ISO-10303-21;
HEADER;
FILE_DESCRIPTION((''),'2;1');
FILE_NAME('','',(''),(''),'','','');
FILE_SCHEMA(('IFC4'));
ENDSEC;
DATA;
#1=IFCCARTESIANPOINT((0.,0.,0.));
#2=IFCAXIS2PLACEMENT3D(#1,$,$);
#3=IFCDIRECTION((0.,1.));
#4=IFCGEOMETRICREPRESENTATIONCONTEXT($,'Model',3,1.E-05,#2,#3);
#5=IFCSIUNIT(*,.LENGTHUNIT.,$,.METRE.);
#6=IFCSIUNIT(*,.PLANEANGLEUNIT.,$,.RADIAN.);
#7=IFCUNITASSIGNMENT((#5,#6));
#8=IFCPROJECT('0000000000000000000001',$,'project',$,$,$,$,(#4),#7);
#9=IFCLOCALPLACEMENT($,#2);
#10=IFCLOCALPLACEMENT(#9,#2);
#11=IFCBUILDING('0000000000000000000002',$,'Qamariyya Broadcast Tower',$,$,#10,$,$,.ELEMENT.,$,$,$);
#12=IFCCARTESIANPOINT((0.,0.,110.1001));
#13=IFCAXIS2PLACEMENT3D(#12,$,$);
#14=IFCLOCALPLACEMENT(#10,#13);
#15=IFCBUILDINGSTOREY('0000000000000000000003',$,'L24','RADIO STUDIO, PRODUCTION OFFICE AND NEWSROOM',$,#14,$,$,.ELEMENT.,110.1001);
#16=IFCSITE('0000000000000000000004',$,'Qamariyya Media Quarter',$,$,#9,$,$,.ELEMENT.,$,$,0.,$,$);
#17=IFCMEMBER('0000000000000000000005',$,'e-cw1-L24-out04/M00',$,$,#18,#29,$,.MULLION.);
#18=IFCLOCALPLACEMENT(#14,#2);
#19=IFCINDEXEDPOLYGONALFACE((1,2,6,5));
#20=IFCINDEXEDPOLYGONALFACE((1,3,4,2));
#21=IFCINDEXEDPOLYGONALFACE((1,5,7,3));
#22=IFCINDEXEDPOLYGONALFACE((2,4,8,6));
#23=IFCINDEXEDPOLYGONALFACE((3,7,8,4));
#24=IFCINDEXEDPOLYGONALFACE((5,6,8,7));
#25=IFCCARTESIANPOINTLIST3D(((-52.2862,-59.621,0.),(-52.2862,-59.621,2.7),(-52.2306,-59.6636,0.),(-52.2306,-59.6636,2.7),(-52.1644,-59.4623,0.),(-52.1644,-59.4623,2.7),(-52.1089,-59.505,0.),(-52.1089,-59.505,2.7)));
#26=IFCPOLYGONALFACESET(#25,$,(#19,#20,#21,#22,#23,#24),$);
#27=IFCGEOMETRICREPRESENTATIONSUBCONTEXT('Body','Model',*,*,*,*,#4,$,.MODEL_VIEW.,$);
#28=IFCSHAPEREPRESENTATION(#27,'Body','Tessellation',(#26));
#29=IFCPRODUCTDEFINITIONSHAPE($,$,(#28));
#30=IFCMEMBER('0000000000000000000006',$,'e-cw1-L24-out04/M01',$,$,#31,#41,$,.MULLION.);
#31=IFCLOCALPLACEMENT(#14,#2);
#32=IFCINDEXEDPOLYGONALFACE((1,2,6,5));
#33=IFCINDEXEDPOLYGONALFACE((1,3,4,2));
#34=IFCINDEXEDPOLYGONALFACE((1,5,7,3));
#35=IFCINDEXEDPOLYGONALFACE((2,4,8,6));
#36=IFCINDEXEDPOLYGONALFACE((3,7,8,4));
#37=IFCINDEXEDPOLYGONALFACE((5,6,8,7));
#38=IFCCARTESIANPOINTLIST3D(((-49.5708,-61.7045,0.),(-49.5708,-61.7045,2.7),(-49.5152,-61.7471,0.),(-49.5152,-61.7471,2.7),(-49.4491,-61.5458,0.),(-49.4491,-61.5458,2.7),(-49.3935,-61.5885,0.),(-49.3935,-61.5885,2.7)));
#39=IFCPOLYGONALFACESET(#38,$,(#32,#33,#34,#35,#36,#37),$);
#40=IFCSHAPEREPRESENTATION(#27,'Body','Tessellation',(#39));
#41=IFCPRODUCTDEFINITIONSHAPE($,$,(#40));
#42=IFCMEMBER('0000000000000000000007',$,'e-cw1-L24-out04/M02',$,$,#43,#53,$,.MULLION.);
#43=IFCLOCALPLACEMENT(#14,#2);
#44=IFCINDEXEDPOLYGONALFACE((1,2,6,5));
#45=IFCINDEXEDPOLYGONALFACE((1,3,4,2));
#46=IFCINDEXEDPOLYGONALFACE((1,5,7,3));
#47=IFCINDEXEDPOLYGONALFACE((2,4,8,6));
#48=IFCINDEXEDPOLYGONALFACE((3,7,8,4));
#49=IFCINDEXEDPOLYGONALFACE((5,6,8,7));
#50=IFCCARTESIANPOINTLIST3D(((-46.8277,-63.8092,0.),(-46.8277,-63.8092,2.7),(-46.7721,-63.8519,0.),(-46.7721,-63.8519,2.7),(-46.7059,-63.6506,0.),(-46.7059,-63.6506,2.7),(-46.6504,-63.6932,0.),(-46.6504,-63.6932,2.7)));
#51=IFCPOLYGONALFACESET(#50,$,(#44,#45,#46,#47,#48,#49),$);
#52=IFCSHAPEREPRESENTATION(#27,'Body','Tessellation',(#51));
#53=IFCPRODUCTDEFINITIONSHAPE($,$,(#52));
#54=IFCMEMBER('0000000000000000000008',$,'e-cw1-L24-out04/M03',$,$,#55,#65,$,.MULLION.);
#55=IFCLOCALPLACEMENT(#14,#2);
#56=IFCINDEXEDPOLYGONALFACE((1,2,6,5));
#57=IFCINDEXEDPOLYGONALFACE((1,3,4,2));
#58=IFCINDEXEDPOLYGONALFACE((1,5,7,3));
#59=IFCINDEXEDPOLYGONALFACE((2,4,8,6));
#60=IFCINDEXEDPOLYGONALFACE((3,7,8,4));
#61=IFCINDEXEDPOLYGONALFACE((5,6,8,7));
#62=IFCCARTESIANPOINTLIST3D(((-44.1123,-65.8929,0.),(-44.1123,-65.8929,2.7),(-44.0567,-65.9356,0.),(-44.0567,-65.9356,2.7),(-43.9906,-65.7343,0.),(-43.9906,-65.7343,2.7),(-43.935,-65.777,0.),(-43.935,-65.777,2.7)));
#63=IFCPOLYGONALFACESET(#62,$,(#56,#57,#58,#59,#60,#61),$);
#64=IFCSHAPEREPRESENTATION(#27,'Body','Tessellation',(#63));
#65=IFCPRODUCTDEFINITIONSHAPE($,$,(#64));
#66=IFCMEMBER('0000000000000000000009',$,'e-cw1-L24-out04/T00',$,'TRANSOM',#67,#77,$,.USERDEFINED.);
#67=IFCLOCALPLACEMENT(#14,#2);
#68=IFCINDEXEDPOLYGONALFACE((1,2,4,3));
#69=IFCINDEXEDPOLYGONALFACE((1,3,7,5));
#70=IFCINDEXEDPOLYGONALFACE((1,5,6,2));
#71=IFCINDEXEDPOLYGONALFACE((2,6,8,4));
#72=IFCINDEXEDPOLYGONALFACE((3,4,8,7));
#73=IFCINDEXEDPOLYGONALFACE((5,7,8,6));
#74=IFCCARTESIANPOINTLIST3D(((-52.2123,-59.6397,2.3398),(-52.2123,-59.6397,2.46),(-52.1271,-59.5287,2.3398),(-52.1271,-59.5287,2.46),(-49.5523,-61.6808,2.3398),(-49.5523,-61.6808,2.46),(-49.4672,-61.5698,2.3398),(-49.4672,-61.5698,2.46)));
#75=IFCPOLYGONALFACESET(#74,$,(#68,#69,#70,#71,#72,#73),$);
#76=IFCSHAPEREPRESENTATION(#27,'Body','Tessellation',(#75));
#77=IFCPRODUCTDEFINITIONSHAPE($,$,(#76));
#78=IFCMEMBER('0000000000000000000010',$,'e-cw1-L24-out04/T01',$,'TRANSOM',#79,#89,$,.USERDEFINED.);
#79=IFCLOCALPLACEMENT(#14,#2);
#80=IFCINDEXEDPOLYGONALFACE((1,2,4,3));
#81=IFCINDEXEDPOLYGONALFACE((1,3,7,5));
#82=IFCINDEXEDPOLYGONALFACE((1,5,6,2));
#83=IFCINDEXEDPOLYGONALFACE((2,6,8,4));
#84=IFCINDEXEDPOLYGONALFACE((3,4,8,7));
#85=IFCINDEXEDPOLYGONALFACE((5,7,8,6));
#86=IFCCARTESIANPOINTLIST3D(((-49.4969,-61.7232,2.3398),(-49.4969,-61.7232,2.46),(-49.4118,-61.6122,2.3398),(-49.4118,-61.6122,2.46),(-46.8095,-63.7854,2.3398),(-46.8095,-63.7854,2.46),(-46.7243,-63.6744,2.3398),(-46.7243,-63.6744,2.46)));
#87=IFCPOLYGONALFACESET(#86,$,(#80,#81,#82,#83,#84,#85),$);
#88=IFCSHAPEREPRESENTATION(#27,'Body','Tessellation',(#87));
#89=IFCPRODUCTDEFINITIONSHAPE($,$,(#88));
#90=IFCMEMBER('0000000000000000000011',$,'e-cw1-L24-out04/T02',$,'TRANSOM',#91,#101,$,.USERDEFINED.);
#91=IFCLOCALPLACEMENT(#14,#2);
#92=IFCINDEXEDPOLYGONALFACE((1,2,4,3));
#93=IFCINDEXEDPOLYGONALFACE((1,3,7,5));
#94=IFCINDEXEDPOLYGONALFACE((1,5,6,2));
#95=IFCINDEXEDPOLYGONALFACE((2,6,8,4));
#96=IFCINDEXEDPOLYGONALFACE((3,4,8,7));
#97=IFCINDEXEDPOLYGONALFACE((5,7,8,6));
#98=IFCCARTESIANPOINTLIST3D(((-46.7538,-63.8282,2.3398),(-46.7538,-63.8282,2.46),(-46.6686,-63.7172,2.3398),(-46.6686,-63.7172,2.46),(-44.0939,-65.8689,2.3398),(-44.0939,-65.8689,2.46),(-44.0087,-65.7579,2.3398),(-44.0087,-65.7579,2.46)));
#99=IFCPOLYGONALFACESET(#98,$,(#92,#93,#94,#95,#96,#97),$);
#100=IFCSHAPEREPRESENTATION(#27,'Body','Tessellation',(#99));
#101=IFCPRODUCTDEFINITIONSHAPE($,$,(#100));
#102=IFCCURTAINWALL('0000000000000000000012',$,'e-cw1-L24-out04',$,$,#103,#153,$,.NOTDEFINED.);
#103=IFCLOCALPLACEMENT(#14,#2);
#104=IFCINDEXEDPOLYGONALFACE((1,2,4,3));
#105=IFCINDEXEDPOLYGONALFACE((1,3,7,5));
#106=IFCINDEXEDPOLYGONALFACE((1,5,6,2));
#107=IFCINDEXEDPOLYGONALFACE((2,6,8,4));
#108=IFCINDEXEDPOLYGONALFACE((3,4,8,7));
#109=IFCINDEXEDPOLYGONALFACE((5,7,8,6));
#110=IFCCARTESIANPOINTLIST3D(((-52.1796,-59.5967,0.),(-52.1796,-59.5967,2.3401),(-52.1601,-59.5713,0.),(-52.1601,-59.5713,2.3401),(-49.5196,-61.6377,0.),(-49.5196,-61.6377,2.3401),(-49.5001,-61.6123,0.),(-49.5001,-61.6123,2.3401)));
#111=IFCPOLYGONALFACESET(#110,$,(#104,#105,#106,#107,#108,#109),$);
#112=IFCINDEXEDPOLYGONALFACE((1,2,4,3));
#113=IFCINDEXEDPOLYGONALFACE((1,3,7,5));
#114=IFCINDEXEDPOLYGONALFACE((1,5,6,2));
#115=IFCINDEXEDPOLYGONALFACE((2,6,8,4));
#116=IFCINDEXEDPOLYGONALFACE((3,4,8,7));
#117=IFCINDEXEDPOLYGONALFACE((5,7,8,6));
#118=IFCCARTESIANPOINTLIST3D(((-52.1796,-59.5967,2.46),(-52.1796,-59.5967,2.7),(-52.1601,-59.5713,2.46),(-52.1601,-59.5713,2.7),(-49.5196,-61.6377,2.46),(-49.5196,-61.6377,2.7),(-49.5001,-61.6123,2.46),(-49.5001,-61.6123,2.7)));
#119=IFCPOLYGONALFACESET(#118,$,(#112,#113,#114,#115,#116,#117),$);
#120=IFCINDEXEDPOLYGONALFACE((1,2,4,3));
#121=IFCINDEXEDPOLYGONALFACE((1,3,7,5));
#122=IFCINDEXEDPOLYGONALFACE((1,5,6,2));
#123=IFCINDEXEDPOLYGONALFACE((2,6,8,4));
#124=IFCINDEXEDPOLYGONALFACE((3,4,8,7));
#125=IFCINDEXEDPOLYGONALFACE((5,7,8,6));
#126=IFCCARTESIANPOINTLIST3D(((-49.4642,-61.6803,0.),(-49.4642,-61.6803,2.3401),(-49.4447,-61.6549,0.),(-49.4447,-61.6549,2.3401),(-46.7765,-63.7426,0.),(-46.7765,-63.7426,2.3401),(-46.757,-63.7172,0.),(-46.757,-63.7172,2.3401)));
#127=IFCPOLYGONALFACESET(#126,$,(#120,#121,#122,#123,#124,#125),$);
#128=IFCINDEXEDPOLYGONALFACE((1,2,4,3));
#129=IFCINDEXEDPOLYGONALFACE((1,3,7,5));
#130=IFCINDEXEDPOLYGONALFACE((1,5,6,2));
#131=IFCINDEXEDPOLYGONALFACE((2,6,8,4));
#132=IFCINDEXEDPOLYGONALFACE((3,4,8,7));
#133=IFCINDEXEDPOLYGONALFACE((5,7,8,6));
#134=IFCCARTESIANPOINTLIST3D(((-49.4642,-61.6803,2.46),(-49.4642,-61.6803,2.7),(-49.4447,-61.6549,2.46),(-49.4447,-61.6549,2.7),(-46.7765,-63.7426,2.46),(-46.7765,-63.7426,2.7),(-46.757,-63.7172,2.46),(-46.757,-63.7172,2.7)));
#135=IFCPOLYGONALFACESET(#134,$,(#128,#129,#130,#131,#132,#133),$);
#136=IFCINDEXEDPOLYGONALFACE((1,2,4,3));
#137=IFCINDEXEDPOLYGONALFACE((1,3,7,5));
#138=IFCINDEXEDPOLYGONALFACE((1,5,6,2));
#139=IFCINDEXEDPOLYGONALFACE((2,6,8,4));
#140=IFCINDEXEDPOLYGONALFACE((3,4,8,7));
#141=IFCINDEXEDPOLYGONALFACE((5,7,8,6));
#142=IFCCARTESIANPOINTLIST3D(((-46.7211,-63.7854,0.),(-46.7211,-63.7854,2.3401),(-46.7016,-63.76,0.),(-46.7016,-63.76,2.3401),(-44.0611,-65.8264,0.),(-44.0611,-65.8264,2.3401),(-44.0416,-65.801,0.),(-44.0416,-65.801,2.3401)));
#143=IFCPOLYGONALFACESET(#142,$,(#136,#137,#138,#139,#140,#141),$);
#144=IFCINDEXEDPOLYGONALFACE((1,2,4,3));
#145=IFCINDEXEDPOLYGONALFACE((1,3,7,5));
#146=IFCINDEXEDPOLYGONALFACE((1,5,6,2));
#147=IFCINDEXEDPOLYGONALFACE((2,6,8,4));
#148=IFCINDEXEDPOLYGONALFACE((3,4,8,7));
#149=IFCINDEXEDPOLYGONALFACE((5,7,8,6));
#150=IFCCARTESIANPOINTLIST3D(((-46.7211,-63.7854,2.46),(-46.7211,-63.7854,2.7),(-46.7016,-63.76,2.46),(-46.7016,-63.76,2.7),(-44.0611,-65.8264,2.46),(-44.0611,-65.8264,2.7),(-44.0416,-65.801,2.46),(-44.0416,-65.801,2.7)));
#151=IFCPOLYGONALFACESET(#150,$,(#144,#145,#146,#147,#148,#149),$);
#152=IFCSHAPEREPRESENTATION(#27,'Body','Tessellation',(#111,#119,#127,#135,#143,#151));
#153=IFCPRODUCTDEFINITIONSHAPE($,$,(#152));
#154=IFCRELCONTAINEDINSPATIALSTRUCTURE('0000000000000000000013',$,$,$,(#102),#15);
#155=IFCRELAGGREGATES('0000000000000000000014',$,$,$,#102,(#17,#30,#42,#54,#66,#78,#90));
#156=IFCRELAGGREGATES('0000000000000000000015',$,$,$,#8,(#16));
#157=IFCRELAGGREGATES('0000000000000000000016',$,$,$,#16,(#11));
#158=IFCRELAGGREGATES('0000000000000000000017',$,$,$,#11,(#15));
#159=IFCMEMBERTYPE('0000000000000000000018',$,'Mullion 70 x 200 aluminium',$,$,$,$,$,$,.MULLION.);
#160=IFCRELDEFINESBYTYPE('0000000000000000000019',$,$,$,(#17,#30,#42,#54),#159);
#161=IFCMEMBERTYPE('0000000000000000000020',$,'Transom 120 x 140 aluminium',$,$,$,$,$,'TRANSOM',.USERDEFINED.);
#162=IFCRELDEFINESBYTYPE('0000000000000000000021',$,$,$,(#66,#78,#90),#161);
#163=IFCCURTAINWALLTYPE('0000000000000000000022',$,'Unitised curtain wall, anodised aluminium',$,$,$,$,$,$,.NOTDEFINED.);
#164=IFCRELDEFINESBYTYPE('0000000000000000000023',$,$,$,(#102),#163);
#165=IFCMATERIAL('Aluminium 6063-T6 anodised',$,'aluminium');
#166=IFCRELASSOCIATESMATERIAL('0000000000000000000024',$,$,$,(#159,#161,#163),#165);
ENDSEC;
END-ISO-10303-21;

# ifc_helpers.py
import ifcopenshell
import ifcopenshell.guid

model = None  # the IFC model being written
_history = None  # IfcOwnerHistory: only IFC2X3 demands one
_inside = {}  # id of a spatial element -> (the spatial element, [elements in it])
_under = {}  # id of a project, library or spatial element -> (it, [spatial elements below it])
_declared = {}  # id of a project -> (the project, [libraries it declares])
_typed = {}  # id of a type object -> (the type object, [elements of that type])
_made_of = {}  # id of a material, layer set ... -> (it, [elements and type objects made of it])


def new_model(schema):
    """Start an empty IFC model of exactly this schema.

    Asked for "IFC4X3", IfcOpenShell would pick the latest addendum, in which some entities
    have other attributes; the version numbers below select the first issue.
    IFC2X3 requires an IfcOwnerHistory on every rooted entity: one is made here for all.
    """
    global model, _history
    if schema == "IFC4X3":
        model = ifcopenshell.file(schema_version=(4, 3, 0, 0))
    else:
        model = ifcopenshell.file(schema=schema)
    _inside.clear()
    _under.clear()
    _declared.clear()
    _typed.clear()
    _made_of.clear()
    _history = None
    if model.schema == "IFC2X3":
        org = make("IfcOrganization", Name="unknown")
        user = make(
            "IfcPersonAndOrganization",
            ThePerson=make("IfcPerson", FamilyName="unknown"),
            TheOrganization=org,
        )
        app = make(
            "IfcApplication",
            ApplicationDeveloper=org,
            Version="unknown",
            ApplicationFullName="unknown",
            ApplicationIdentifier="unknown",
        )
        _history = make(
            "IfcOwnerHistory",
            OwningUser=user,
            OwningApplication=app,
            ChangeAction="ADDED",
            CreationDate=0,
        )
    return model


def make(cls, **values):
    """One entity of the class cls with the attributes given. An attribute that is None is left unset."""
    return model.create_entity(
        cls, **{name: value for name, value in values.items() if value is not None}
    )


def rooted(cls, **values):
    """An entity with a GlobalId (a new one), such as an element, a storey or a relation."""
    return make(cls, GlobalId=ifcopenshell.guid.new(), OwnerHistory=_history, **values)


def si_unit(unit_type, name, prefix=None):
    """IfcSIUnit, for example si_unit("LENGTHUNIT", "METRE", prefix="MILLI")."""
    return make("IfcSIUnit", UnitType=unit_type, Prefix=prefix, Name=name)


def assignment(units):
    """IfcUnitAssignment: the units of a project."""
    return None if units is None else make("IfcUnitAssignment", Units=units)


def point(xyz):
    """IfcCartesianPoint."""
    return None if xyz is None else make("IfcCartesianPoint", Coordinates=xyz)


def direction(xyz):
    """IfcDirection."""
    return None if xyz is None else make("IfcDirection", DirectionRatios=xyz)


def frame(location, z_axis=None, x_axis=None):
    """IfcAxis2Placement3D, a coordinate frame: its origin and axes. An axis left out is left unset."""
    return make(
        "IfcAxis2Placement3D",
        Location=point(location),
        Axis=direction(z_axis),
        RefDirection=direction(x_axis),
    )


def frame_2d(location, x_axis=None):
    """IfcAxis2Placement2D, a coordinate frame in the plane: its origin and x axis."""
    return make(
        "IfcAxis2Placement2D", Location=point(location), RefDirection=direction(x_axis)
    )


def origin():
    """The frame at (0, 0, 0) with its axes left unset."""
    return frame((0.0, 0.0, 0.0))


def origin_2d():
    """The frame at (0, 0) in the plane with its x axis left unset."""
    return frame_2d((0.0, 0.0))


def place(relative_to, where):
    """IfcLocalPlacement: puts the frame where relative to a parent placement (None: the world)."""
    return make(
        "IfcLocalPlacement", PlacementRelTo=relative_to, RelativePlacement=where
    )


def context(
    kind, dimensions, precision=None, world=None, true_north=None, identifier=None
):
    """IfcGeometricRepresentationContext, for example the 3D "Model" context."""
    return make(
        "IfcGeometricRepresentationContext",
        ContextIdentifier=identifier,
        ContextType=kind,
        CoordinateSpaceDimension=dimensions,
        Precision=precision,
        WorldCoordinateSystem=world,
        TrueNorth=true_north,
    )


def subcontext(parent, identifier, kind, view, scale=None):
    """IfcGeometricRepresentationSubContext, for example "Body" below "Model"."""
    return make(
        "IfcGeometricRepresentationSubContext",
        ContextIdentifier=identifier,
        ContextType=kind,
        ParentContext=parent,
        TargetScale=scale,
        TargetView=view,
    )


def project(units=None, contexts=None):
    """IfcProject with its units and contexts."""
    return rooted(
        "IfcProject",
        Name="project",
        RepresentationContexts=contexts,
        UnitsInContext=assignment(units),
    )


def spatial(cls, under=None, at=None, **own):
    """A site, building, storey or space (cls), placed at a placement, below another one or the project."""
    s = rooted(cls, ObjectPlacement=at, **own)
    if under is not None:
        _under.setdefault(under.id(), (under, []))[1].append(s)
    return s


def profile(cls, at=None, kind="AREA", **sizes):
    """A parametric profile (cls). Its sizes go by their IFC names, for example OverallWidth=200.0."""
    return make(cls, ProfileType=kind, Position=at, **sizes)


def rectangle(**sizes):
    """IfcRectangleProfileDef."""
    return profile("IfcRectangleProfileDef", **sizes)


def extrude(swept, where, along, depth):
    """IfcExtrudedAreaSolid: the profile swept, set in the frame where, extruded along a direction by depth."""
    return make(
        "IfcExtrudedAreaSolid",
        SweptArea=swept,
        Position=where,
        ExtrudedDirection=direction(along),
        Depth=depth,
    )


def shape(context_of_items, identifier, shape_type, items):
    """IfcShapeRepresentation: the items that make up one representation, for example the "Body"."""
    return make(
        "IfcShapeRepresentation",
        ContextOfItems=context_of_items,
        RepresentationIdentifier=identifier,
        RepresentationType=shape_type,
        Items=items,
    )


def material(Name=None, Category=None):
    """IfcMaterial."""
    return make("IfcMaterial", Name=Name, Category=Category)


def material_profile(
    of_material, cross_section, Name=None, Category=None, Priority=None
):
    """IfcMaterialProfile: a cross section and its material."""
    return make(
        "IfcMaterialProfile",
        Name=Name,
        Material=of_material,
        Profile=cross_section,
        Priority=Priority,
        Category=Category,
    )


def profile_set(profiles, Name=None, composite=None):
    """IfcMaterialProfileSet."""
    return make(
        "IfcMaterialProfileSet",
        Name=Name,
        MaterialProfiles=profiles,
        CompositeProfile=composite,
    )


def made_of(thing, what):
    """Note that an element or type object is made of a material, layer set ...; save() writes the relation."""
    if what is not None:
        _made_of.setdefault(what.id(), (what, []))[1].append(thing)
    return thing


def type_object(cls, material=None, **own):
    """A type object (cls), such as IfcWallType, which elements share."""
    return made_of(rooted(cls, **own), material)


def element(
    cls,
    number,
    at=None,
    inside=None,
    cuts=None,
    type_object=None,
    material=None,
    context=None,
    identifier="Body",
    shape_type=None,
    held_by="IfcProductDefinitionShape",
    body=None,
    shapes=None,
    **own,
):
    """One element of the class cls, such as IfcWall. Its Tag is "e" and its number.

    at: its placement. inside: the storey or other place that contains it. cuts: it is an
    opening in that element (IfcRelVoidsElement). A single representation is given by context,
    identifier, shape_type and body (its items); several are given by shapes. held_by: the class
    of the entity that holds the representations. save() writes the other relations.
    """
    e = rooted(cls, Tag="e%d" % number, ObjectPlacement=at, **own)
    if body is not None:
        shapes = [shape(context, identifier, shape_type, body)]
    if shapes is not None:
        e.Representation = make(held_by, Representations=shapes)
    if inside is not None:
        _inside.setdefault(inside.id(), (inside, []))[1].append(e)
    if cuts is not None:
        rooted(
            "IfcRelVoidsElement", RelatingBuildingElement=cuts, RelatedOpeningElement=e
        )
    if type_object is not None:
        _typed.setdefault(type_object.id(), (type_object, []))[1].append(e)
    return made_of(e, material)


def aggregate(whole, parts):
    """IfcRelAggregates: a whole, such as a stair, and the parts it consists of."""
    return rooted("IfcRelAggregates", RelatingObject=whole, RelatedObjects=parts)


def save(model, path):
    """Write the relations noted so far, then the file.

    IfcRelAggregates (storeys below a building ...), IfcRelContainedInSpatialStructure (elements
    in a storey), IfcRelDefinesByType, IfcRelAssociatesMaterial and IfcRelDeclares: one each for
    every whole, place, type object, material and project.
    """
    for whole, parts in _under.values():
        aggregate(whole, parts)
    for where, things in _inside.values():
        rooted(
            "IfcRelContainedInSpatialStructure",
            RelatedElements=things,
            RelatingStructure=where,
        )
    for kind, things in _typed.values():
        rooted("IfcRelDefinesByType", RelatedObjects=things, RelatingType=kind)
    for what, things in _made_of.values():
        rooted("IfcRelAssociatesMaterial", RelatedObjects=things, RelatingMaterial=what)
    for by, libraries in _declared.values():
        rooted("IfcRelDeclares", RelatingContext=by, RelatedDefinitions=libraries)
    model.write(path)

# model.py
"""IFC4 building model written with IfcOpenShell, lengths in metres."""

from ifc_helpers import new_model, si_unit, direction, frame, origin, origin_2d, place, context, subcontext, project, spatial, rectangle, extrude, material, material_profile, profile_set, type_object, element, aggregate, save


model = new_model("IFC4")

# Units and contexts
model_context = context("Model", 3, precision=1e-05, world=origin(), true_north=direction((0.0, 1.0)))
body_context = subcontext(model_context, "Body", "Model", "MODEL_VIEW")
ifc_project = project(units=[si_unit("LENGTHUNIT", "METRE"), si_unit("PLANEANGLEUNIT", "RADIAN")], contexts=[model_context])

# Members
ifc_material = material(Name="Aluminium 6063-T6 anodised", Category="aluminium")
ifc_material_profile_1 = material_profile(ifc_material, rectangle(XDim=0.2, YDim=0.0701, at=origin_2d()))
ifc_profile_set_1 = profile_set([ifc_material_profile_1], Name="Aluminium 6063-T6 anodised")
member_type_1 = type_object("IfcMemberType", Name="Mullion 70 x 200 aluminium", PredefinedType="MULLION", material=ifc_profile_set_1)
site_placement = place(None, origin())
building_placement = place(site_placement, origin())
storey_placement = place(building_placement, frame((0.0, 0.0, 110.1001)))
member_1_placement = place(storey_placement, frame((-52.1975, -59.563, 0.0), z_axis=(0.0, 0.0, 1.0), x_axis=(0.608761, 0.793353, 0.0)))
member_1 = element("IfcMember", 1, at=member_1_placement, type_object=member_type_1, Name="e-cw1-L24-out04/M00", PredefinedType="MULLION", context=body_context, shape_type="SweptSolid", body=[
    extrude(rectangle(XDim=0.2, YDim=0.0701, at=origin_2d()), origin(), (0.0, 0.0, 1.0), 2.7),
])
member_2_placement = place(storey_placement, frame((-49.4822, -61.6465, 0.0), z_axis=(0.0, 0.0, 1.0), x_axis=(0.608761, 0.793353, 0.0)))
member_2 = element("IfcMember", 2, at=member_2_placement, type_object=member_type_1, Name="e-cw1-L24-out04/M01", PredefinedType="MULLION", context=body_context, shape_type="SweptSolid", body=[
    extrude(rectangle(XDim=0.2, YDim=0.0701, at=origin_2d()), origin(), (0.0, 0.0, 1.0), 2.7),
])
member_3_placement = place(storey_placement, frame((-46.739, -63.7512, 0.0), z_axis=(0.0, 0.0, 1.0), x_axis=(0.608761, 0.793353, 0.0)))
member_3 = element("IfcMember", 3, at=member_3_placement, type_object=member_type_1, Name="e-cw1-L24-out04/M02", PredefinedType="MULLION", context=body_context, shape_type="SweptSolid", body=[
    extrude(rectangle(XDim=0.2, YDim=0.0701, at=origin_2d()), origin(), (0.0, 0.0, 1.0), 2.7),
])
member_4_placement = place(storey_placement, frame((-44.0237, -65.835, 0.0), z_axis=(0.0, 0.0, 1.0), x_axis=(0.608761, 0.793353, 0.0)))
member_4 = element("IfcMember", 4, at=member_4_placement, type_object=member_type_1, Name="e-cw1-L24-out04/M03", PredefinedType="MULLION", context=body_context, shape_type="SweptSolid", body=[
    extrude(rectangle(XDim=0.2, YDim=0.0701, at=origin_2d()), origin(), (0.0, 0.0, 1.0), 2.7),
])
ifc_material_profile_2 = material_profile(ifc_material, rectangle(XDim=0.1399, YDim=0.1201, at=origin_2d()))
ifc_profile_set_2 = profile_set([ifc_material_profile_2], Name="Aluminium 6063-T6 anodised")
member_type_2 = type_object("IfcMemberType", Name="Transom 120 x 140 aluminium", ElementType="TRANSOM", PredefinedType="USERDEFINED", material=ifc_profile_set_2)
member_5_placement = place(storey_placement, frame((-52.1697, -59.5842, 2.3999), z_axis=(0.793354, -0.60876, 0.0), x_axis=(0.60876, 0.793354, 0.0)))
member_5 = element("IfcMember", 5, at=member_5_placement, type_object=member_type_2, Name="e-cw1-L24-out04/T00", ObjectType="TRANSOM", PredefinedType="USERDEFINED", context=body_context, shape_type="SweptSolid", body=[
    extrude(rectangle(XDim=0.1399, YDim=0.1201, at=origin_2d()), origin(), (0.0, 0.0, 1.0), 3.3528),
])
member_6_placement = place(storey_placement, frame((-49.4543, -61.6677, 2.3999), z_axis=(0.793344, -0.608773, 0.0), x_axis=(0.608773, 0.793344, 0.0)))
member_6 = element("IfcMember", 6, at=member_6_placement, type_object=member_type_2, Name="e-cw1-L24-out04/T01", ObjectType="TRANSOM", PredefinedType="USERDEFINED", context=body_context, shape_type="SweptSolid", body=[
    extrude(rectangle(XDim=0.1399, YDim=0.1201, at=origin_2d()), origin(), (0.0, 0.0, 1.0), 3.3875),
])
member_7_placement = place(storey_placement, frame((-46.7112, -63.7727, 2.3999), z_axis=(0.793389, -0.608714, 0.0), x_axis=(0.608714, 0.793389, 0.0)))
member_7 = element("IfcMember", 7, at=member_7_placement, type_object=member_type_2, Name="e-cw1-L24-out04/T02", ObjectType="TRANSOM", PredefinedType="USERDEFINED", context=body_context, shape_type="SweptSolid", body=[
    extrude(rectangle(XDim=0.1399, YDim=0.1201, at=origin_2d()), origin(), (0.0, 0.0, 1.0), 3.3525),
])

# Site, building, storey
site = spatial("IfcSite", under=ifc_project, at=site_placement, Name="Qamariyya Media Quarter", CompositionType="ELEMENT", RefElevation=0.0)
building = spatial("IfcBuilding", under=site, at=building_placement, Name="Qamariyya Broadcast Tower", CompositionType="ELEMENT")
storey = spatial("IfcBuildingStorey", under=building, at=storey_placement, Name="L24", Description="RADIO STUDIO, PRODUCTION OFFICE AND NEWSROOM", CompositionType="ELEMENT", Elevation=110.1001)

# Curtain wall
curtain_wall_type = type_object("IfcCurtainWallType", Name="Unitised curtain wall, anodised aluminium", PredefinedType="NOTDEFINED", material=ifc_material)
curtain_wall_1_placement = place(storey_placement, origin())
curtain_wall_1 = element("IfcCurtainWall", 8, at=curtain_wall_1_placement, inside=storey, type_object=curtain_wall_type, Name="e-cw1-L24-out04", PredefinedType="NOTDEFINED", context=body_context, shape_type="SweptSolid", body=[
    extrude(rectangle(XDim=3.3528, YDim=0.032, at=origin_2d()), frame((-50.8398, -60.6045, 0.0), x_axis=(0.793354, -0.608761, 0.0)), (0.0, 0.0, 1.0), 2.3401),
    extrude(rectangle(XDim=3.3528, YDim=0.032, at=origin_2d()), frame((-50.8398, -60.6045, 2.46), x_axis=(0.793354, -0.608761, 0.0)), (0.0, 0.0, 1.0), 0.24),
    extrude(rectangle(XDim=3.3877, YDim=0.032, at=origin_2d()), frame((-48.1106, -62.6987, 0.0), x_axis=(0.793354, -0.608761, 0.0)), (0.0, 0.0, 1.0), 2.3401),
    extrude(rectangle(XDim=3.3877, YDim=0.032, at=origin_2d()), frame((-48.1106, -62.6987, 2.46), x_axis=(0.793354, -0.608761, 0.0)), (0.0, 0.0, 1.0), 0.24),
    extrude(rectangle(XDim=3.3528, YDim=0.032, at=origin_2d()), frame((-45.3813, -64.7932, 0.0), x_axis=(0.793354, -0.608761, 0.0)), (0.0, 0.0, 1.0), 2.3401),
    extrude(rectangle(XDim=3.3528, YDim=0.032, at=origin_2d()), frame((-45.3813, -64.7932, 2.46), x_axis=(0.793354, -0.608761, 0.0)), (0.0, 0.0, 1.0), 0.24),
])
aggregate(curtain_wall_1, [member_1, member_2, member_3, member_4, member_5, member_6, member_7])

save(model, "model.ifc")
